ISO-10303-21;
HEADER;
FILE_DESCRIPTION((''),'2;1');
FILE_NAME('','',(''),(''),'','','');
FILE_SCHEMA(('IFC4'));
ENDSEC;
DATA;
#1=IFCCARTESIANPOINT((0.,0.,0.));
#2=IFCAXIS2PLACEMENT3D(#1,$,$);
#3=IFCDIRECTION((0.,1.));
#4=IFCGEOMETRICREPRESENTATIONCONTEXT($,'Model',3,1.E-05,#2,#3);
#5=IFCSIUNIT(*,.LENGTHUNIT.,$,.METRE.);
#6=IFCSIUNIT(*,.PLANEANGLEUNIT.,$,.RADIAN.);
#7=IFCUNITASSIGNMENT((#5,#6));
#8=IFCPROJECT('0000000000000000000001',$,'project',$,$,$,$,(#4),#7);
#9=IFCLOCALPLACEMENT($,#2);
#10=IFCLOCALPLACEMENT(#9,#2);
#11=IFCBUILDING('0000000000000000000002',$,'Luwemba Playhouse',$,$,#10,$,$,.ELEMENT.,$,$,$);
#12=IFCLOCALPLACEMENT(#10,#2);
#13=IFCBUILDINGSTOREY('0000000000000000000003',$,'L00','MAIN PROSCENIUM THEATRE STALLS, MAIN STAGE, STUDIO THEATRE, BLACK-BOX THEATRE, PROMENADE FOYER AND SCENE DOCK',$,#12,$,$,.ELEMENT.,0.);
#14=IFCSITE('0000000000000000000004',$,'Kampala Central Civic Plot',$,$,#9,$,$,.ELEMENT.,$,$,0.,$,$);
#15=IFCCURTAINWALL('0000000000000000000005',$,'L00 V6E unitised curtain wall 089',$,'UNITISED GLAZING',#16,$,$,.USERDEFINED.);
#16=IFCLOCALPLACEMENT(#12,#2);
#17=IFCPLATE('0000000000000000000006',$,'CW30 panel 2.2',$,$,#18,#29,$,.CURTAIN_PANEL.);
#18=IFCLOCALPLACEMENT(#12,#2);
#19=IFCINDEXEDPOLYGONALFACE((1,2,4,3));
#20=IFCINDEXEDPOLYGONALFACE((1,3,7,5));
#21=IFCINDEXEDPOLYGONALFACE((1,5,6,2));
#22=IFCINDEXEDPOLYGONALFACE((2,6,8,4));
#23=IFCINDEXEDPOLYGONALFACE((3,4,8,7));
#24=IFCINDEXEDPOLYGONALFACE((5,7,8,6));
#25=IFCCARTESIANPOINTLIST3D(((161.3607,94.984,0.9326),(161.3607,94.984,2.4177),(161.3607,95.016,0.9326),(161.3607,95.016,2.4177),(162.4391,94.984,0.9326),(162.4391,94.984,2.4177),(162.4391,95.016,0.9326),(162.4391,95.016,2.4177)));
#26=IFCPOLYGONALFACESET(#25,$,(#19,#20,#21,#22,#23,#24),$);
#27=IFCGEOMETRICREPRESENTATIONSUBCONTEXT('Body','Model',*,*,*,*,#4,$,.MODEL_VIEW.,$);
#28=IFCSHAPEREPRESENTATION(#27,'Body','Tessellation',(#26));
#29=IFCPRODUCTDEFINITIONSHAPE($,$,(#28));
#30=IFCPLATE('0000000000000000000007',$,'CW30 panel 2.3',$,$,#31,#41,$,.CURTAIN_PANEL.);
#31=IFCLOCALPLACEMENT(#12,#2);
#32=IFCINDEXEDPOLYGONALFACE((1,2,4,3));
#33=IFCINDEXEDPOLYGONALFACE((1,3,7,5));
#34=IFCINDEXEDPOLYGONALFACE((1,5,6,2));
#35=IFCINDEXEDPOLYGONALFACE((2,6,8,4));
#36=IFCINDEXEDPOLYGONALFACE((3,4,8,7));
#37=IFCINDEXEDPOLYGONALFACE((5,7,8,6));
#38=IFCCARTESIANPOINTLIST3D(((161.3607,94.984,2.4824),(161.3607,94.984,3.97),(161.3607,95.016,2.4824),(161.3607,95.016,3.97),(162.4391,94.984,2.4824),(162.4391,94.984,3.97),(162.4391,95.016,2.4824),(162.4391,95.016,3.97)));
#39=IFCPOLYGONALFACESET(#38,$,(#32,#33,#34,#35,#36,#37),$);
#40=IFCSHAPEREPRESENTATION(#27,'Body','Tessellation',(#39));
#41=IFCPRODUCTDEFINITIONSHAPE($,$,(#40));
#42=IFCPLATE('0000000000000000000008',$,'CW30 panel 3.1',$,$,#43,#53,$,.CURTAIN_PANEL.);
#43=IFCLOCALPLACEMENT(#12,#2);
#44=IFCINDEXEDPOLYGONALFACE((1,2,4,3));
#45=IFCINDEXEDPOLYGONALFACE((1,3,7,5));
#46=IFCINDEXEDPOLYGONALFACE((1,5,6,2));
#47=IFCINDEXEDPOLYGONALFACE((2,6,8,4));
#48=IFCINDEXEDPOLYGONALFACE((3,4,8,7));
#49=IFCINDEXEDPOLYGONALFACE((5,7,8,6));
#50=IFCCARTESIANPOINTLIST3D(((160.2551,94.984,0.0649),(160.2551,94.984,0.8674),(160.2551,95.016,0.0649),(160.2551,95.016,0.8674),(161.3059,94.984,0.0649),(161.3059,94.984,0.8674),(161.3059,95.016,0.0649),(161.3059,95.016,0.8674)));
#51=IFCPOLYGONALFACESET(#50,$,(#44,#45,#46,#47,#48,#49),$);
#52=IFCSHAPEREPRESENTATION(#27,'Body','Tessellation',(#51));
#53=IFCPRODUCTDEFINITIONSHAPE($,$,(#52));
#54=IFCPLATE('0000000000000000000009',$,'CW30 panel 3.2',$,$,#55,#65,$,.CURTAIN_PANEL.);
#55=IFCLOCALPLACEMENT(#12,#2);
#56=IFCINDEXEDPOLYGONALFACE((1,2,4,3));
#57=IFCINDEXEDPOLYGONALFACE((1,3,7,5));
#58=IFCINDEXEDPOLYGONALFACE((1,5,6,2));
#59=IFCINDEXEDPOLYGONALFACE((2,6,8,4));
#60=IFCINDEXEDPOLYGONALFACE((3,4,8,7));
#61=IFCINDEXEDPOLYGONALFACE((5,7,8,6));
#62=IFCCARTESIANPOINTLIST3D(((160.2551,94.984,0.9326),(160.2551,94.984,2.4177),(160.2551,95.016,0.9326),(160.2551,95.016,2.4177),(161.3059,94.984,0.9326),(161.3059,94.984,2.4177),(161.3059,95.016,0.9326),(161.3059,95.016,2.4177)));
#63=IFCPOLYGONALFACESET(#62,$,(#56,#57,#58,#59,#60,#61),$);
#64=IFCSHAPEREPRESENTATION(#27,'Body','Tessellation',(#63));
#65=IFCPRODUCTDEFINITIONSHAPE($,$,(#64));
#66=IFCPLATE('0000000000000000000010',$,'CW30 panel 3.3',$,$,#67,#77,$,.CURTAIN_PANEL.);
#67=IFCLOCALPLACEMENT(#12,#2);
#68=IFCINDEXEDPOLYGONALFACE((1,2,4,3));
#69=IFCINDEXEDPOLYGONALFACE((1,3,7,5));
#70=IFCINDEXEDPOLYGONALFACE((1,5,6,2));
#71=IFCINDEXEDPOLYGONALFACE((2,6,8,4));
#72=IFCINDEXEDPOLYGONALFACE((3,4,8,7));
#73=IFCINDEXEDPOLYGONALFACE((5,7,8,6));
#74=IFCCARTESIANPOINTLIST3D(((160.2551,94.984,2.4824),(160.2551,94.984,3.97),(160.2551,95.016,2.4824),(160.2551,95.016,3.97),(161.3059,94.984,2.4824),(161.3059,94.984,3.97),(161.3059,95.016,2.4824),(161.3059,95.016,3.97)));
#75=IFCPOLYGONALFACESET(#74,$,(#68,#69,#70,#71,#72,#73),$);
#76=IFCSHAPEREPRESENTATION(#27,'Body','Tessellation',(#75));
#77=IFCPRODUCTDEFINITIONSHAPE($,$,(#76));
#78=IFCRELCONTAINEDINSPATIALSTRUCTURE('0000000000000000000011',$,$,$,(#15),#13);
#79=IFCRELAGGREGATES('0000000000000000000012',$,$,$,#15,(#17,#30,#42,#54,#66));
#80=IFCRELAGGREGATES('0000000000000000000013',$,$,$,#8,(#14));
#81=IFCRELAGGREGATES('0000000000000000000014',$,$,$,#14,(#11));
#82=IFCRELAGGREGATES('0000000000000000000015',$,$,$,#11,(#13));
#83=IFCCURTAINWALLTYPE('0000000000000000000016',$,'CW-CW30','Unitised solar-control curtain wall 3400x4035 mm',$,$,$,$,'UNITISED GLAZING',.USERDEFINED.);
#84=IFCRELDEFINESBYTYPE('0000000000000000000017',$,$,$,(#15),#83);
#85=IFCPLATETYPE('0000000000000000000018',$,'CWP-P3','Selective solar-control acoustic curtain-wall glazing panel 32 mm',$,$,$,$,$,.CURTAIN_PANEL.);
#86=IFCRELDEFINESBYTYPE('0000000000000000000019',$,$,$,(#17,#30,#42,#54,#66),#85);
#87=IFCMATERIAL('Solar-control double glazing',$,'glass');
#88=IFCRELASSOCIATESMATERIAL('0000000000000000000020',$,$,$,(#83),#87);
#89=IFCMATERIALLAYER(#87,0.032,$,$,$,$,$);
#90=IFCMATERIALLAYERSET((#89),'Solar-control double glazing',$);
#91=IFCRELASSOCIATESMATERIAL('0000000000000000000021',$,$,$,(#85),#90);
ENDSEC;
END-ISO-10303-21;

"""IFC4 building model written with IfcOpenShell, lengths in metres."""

from ifc_helpers import new_model, si_unit, direction, frame, origin, origin_2d, place, context, subcontext, project, spatial, rectangle, extrude, material, layer, layer_set, type_object, element, aggregate, save


model = new_model("IFC4")

# Units and contexts
model_context = context("Model", 3, precision=1e-05, world=origin(), true_north=direction((0.0, 1.0)))
body_context = subcontext(model_context, "Body", "Model", "MODEL_VIEW")
ifc_project = project(units=[si_unit("LENGTHUNIT", "METRE"), si_unit("PLANEANGLEUNIT", "RADIAN")], contexts=[model_context])

# Site, building, storey
site_placement = place(None, origin())
site = spatial("IfcSite", under=ifc_project, at=site_placement, Name="Kampala Central Civic Plot", CompositionType="ELEMENT", RefElevation=0.0)
building_placement = place(site_placement, origin())
building = spatial("IfcBuilding", under=site, at=building_placement, Name="Luwemba Playhouse", CompositionType="ELEMENT")
storey_placement = place(building_placement, origin())
storey = spatial("IfcBuildingStorey", under=building, at=storey_placement, Name="L00", Description="MAIN PROSCENIUM THEATRE STALLS, MAIN STAGE, STUDIO THEATRE, BLACK-BOX THEATRE, PROMENADE FOYER AND SCENE DOCK", CompositionType="ELEMENT", Elevation=0.0)

# Curtain wall, plates
ifc_material_1 = material(Name="Solar-control double glazing", Category="glass")
curtain_wall_type = type_object("IfcCurtainWallType", Name="CW-CW30", Description="Unitised solar-control curtain wall 3400x4035 mm", ElementType="UNITISED GLAZING", PredefinedType="USERDEFINED", material=ifc_material_1)
curtain_wall_placement = place(storey_placement, origin())
curtain_wall = element("IfcCurtainWall", 1, at=curtain_wall_placement, inside=storey, type_object=curtain_wall_type, Name="L00 V6E unitised curtain wall 089", ObjectType="UNITISED GLAZING", PredefinedType="USERDEFINED")
ifc_layer = layer(ifc_material_1, 0.032)
ifc_layer_set = layer_set([ifc_layer], Name="Solar-control double glazing")
plate_type = type_object("IfcPlateType", Name="CWP-P3", Description="Selective solar-control acoustic curtain-wall glazing panel 32 mm", PredefinedType="CURTAIN_PANEL", material=ifc_layer_set)
plate_1_placement = place(storey_placement, frame((161.8999, 95.0, 0.9326), z_axis=(0.0, 0.0, 1.0), x_axis=(-1.0, 0.0, 0.0)))
plate_1 = element("IfcPlate", 2, at=plate_1_placement, type_object=plate_type, Name="CW30 panel 2.2", PredefinedType="CURTAIN_PANEL", context=body_context, shape_type="SweptSolid", body=[
    extrude(rectangle(XDim=1.0784, YDim=0.032, at=origin_2d()), origin(), (0.0, 0.0, 1.0), 1.4851),
])
plate_2_placement = place(storey_placement, frame((161.8999, 95.0, 2.4824), z_axis=(0.0, 0.0, 1.0), x_axis=(-1.0, 0.0, 0.0)))
plate_2 = element("IfcPlate", 3, at=plate_2_placement, type_object=plate_type, Name="CW30 panel 2.3", PredefinedType="CURTAIN_PANEL", context=body_context, shape_type="SweptSolid", body=[
    extrude(rectangle(XDim=1.0784, YDim=0.032, at=origin_2d()), origin(), (0.0, 0.0, 1.0), 1.4875),
])
plate_3_placement = place(storey_placement, frame((160.7805, 95.0, 0.0649), z_axis=(0.0, 0.0, 1.0), x_axis=(-1.0, 0.0, 0.0)))
plate_3 = element("IfcPlate", 4, at=plate_3_placement, type_object=plate_type, Name="CW30 panel 3.1", PredefinedType="CURTAIN_PANEL", context=body_context, shape_type="SweptSolid", body=[
    extrude(rectangle(XDim=1.0508, YDim=0.032, at=origin_2d()), origin(), (0.0, 0.0, 1.0), 0.8025),
])
plate_4_placement = place(storey_placement, frame((160.7805, 95.0, 0.9326), z_axis=(0.0, 0.0, 1.0), x_axis=(-1.0, 0.0, 0.0)))
plate_4 = element("IfcPlate", 5, at=plate_4_placement, type_object=plate_type, Name="CW30 panel 3.2", PredefinedType="CURTAIN_PANEL", context=body_context, shape_type="SweptSolid", body=[
    extrude(rectangle(XDim=1.0508, YDim=0.032, at=origin_2d()), origin(), (0.0, 0.0, 1.0), 1.4851),
])
plate_5_placement = place(storey_placement, frame((160.7805, 95.0, 2.4824), z_axis=(0.0, 0.0, 1.0), x_axis=(-1.0, 0.0, 0.0)))
plate_5 = element("IfcPlate", 6, at=plate_5_placement, type_object=plate_type, Name="CW30 panel 3.3", PredefinedType="CURTAIN_PANEL", context=body_context, shape_type="SweptSolid", body=[
    extrude(rectangle(XDim=1.0508, YDim=0.032, at=origin_2d()), origin(), (0.0, 0.0, 1.0), 1.4875),
])
aggregate(curtain_wall, [plate_1, plate_2, plate_3, plate_4, plate_5])

save(model, "model.ifc")
